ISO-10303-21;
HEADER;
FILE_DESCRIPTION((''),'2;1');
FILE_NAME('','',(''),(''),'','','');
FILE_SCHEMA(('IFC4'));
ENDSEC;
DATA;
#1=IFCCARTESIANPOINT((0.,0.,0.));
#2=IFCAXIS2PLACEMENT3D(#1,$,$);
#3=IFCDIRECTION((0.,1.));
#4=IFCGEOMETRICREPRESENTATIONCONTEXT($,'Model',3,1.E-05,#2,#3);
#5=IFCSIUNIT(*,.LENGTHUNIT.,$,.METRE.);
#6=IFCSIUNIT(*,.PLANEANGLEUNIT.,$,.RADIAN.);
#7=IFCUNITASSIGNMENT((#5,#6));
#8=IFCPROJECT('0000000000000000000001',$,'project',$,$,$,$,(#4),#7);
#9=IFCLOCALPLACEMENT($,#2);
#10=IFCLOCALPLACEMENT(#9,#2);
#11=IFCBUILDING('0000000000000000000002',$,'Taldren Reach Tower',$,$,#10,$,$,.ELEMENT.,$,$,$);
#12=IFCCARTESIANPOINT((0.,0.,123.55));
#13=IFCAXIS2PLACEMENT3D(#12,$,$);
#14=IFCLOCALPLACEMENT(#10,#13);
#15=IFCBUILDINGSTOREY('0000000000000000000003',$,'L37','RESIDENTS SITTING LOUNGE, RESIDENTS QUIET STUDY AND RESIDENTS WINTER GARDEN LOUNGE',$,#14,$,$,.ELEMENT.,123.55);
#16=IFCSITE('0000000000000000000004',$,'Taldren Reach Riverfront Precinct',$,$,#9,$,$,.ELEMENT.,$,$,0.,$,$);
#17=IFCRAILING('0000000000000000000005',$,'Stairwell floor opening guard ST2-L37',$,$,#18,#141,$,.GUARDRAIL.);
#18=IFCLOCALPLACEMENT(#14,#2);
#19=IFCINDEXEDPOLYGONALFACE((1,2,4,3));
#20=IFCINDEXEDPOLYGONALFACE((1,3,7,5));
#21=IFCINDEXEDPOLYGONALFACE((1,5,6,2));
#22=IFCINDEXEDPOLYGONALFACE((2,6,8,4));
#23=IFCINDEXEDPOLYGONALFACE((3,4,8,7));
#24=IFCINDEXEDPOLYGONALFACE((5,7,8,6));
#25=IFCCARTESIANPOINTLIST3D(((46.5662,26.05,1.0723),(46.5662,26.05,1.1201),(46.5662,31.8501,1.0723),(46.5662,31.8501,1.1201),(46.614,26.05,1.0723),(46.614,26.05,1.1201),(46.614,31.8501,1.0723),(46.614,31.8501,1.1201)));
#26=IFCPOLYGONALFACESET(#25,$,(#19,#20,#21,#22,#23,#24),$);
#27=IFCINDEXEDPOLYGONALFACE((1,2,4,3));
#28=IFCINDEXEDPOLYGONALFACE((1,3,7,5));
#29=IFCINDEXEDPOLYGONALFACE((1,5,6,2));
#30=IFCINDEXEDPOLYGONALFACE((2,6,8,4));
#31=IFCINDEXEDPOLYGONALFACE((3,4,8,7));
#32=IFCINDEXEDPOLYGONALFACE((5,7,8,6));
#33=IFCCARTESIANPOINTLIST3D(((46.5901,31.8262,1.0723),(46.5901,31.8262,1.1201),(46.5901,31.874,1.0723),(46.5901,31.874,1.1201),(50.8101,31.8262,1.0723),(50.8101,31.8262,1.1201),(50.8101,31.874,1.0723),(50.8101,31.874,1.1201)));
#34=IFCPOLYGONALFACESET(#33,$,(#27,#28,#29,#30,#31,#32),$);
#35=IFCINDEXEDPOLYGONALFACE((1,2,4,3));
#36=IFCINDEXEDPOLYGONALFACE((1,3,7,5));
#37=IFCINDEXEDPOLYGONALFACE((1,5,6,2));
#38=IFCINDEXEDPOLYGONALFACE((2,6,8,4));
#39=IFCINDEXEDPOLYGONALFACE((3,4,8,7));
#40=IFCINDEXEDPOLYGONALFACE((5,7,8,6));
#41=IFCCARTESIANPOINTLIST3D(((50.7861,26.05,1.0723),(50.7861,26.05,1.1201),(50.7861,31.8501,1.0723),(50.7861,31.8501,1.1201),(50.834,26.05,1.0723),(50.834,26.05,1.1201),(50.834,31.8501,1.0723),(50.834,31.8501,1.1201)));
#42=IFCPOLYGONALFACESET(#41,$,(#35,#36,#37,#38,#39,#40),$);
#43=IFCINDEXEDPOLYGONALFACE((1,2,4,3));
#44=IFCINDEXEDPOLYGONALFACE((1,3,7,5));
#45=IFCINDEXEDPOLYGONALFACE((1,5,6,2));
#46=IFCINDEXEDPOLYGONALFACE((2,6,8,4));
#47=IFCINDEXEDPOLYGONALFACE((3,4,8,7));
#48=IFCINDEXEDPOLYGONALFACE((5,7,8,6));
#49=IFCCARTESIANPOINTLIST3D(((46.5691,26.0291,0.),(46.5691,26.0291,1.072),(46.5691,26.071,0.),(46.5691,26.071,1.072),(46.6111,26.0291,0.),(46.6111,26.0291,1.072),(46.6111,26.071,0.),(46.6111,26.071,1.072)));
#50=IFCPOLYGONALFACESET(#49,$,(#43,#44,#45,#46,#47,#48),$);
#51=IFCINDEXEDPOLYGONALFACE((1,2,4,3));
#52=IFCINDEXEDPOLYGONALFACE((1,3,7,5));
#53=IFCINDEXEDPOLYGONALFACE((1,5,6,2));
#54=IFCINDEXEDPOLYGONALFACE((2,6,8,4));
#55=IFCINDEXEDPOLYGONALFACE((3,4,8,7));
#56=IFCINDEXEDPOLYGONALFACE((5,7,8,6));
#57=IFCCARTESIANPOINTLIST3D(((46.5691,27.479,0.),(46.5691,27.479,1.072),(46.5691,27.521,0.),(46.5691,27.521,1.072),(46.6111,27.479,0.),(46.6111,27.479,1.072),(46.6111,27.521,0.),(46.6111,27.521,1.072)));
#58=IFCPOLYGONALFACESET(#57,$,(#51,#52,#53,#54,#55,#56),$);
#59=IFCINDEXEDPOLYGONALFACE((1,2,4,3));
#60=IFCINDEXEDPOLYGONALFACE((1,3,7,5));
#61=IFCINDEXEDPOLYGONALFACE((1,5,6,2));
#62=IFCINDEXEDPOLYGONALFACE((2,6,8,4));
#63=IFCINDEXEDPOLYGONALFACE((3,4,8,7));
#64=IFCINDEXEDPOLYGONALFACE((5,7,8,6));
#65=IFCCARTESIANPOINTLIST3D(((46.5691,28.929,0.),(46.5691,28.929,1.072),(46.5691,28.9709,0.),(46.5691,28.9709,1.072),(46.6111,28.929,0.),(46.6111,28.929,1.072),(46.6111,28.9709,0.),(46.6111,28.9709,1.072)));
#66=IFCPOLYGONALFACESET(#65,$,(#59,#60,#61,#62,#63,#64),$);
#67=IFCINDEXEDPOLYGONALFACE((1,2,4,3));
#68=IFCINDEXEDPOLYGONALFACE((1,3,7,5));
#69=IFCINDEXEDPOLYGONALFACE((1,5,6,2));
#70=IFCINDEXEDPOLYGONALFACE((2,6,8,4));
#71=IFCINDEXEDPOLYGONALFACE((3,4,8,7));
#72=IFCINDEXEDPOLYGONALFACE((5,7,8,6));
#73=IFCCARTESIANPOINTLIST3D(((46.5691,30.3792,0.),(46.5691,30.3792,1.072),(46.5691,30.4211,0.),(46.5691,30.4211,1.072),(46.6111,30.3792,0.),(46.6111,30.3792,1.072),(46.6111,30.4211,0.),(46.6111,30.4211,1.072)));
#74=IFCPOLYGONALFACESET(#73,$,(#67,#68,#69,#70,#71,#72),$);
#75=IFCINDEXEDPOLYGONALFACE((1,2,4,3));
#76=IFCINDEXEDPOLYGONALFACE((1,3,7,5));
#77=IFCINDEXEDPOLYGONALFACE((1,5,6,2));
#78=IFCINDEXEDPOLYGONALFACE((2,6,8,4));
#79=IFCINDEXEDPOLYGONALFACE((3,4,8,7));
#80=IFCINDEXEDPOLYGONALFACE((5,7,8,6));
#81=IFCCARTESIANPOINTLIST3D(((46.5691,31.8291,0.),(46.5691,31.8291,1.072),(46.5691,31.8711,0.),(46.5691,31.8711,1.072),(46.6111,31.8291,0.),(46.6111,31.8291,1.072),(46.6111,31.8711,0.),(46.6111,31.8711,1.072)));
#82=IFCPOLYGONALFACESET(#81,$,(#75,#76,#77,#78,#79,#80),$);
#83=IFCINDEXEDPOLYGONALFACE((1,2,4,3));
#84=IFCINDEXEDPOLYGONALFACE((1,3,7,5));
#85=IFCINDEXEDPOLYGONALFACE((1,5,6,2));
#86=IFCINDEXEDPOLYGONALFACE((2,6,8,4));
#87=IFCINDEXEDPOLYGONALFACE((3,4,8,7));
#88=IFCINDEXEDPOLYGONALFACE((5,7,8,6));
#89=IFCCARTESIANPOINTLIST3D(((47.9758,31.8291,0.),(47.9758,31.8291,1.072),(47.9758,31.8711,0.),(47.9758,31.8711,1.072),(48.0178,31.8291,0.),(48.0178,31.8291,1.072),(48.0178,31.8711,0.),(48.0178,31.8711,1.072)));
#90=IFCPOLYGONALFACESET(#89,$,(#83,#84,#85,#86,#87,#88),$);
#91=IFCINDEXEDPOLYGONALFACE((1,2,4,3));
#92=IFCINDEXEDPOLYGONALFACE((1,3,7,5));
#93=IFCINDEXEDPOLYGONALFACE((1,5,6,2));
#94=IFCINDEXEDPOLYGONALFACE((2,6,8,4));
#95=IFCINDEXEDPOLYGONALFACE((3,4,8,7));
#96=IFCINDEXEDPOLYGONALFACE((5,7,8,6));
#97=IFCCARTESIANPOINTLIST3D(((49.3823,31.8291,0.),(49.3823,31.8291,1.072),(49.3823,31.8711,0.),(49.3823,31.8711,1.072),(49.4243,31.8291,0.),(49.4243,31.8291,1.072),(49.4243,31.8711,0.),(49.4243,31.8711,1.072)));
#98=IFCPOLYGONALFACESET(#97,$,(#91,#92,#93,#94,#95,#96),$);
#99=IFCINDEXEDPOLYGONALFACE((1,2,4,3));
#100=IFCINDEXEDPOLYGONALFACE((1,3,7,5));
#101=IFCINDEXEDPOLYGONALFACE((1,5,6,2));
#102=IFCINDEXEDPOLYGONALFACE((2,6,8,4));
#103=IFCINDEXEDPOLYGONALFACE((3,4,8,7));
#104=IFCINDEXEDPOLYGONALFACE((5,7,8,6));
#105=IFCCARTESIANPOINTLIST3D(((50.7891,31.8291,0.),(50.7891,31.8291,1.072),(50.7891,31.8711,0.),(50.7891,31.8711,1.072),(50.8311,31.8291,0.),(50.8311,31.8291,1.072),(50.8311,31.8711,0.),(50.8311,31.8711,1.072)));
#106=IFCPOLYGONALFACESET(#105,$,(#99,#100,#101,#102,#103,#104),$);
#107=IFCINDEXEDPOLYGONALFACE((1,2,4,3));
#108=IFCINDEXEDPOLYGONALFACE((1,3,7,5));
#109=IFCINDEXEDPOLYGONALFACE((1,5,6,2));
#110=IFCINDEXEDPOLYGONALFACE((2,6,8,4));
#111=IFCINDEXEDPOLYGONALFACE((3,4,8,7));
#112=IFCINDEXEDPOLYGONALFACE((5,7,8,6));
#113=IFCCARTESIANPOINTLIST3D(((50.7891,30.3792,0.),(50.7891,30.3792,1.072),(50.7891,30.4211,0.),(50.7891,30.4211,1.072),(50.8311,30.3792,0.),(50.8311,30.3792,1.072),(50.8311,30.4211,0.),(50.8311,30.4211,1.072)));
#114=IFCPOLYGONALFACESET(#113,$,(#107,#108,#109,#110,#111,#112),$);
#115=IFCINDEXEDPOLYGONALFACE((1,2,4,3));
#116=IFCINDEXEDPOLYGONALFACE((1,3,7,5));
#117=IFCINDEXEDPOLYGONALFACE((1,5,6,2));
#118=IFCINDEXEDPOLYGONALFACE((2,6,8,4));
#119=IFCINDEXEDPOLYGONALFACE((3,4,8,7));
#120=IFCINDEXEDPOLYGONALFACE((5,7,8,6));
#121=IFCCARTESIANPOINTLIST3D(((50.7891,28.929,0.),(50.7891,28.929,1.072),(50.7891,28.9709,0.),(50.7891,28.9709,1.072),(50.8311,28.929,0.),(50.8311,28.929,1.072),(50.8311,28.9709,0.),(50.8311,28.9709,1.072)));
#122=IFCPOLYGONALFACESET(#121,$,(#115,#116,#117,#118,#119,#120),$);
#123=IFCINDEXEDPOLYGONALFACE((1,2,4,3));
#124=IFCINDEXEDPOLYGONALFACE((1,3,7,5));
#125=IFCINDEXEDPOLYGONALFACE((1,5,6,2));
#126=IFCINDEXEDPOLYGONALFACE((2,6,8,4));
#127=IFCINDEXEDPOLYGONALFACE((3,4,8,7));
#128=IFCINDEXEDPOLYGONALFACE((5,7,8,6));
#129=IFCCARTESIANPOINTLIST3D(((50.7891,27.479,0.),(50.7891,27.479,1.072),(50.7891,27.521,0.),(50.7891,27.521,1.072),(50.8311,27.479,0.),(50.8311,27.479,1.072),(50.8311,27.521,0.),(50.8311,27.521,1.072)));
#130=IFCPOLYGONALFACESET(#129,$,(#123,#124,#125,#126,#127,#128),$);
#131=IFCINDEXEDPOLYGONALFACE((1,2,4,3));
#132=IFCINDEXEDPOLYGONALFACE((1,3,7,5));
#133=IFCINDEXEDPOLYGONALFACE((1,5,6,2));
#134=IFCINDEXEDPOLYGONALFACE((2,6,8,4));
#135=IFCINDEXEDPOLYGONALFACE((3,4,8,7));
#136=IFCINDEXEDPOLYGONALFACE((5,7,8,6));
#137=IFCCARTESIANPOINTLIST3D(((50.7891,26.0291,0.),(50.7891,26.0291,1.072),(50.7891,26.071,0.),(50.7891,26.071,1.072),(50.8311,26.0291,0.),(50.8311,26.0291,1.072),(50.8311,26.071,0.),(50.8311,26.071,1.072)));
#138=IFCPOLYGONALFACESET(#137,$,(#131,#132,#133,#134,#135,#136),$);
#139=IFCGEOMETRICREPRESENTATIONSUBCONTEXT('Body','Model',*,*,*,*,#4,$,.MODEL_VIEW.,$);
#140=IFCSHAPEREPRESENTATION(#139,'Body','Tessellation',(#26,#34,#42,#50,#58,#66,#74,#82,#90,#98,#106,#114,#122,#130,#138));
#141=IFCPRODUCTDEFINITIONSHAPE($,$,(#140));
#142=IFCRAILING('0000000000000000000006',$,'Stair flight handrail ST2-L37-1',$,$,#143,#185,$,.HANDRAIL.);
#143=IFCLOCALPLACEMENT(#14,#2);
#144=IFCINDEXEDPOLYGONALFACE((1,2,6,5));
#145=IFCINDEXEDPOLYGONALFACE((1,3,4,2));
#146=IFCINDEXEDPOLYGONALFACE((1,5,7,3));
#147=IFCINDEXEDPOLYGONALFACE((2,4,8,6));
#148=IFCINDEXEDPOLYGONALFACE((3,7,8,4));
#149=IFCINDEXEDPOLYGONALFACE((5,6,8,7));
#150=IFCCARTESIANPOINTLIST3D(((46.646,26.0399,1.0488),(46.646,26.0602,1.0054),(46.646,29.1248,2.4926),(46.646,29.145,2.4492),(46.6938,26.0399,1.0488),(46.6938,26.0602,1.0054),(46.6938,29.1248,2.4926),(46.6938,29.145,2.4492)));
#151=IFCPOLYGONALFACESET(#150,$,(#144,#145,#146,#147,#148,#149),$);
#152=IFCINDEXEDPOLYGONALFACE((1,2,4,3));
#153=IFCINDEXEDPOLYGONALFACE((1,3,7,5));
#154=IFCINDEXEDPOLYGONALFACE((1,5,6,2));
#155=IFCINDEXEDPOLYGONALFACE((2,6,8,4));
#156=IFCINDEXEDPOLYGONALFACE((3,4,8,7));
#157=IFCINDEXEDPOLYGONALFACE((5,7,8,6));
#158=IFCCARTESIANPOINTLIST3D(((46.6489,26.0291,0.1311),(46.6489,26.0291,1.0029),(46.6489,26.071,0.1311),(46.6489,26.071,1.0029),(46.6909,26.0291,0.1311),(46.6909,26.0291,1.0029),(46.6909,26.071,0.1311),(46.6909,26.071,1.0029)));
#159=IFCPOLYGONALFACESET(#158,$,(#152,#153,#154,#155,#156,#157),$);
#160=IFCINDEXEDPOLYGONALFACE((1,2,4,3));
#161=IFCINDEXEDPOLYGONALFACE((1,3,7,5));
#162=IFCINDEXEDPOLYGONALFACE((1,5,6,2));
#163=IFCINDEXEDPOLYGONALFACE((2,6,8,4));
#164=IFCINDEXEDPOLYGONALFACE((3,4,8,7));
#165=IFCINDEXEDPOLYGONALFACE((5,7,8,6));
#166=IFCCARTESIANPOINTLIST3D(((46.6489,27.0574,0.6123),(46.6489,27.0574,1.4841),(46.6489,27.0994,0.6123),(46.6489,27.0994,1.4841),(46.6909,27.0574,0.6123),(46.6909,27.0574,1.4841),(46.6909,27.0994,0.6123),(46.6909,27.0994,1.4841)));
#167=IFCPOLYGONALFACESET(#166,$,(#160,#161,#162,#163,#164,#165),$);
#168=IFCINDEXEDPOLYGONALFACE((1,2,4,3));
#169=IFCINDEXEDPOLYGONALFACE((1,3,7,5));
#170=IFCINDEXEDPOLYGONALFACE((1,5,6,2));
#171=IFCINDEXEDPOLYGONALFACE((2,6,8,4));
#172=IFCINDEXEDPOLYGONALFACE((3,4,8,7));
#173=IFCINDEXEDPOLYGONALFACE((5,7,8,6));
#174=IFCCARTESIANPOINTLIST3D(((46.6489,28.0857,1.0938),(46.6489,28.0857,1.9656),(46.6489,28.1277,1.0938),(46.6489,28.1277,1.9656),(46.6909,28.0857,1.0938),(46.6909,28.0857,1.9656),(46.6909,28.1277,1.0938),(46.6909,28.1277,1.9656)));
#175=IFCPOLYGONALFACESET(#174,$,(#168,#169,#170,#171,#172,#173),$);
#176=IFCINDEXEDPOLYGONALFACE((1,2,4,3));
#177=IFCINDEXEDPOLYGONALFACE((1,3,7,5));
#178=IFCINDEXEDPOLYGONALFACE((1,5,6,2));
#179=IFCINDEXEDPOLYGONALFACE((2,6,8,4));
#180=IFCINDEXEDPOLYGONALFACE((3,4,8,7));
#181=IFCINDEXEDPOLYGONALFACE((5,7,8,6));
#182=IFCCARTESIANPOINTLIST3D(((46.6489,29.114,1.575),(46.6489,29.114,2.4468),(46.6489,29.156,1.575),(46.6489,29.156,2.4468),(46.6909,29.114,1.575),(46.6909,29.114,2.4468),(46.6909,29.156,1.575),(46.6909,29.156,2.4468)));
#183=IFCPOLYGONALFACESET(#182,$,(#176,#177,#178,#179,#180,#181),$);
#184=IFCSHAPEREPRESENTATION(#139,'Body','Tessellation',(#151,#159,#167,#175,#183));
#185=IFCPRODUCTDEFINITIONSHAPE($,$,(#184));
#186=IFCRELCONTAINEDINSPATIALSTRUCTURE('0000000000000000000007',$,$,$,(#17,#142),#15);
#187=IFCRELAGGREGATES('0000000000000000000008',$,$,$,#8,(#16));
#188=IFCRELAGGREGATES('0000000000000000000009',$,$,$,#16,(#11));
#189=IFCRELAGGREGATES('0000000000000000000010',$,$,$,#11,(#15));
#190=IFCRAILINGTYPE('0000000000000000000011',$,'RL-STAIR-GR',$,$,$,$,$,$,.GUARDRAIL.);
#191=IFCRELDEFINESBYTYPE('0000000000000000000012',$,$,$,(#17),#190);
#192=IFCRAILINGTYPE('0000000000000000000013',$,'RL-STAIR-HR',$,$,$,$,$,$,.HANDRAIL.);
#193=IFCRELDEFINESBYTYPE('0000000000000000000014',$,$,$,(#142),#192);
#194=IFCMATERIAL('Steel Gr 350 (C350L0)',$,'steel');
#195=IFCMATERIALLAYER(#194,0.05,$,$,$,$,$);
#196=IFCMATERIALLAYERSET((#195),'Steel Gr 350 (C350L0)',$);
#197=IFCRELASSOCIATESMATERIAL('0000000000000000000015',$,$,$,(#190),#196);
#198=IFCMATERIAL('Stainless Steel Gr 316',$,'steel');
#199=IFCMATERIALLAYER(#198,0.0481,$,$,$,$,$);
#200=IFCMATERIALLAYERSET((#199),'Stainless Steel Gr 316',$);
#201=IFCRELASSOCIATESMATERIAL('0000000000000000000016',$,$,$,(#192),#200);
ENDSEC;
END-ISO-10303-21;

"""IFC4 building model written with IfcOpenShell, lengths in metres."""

from ifc_helpers import new_model, si_unit, direction, frame, origin, origin_2d, place, context, subcontext, project, spatial, rectangle, extrude, material, layer, layer_set, type_object, element, save


model = new_model("IFC4")

# Units and contexts
model_context = context("Model", 3, precision=1e-05, world=origin(), true_north=direction((0.0, 1.0)))
body_context = subcontext(model_context, "Body", "Model", "MODEL_VIEW")
ifc_project = project(units=[si_unit("LENGTHUNIT", "METRE"), si_unit("PLANEANGLEUNIT", "RADIAN")], contexts=[model_context])

# Site, building, storey
site_placement = place(None, origin())
site = spatial("IfcSite", under=ifc_project, at=site_placement, Name="Taldren Reach Riverfront Precinct", CompositionType="ELEMENT", RefElevation=0.0)
building_placement = place(site_placement, origin())
building = spatial("IfcBuilding", under=site, at=building_placement, Name="Taldren Reach Tower", CompositionType="ELEMENT")
storey_placement = place(building_placement, frame((0.0, 0.0, 123.55)))
storey = spatial("IfcBuildingStorey", under=building, at=storey_placement, Name="L37", Description="RESIDENTS SITTING LOUNGE, RESIDENTS QUIET STUDY AND RESIDENTS WINTER GARDEN LOUNGE", CompositionType="ELEMENT", Elevation=123.55)

# Shared definitions
ifc_material_1 = material(Name="Steel Gr 350 (C350L0)", Category="steel")

# Railings
ifc_layer_1 = layer(ifc_material_1, 0.05)
ifc_layer_set_1 = layer_set([ifc_layer_1], Name="Steel Gr 350 (C350L0)")
railing_type_1 = type_object("IfcRailingType", Name="RL-STAIR-GR", PredefinedType="GUARDRAIL", material=ifc_layer_set_1)
railing_1_placement = place(storey_placement, frame((46.5901, 26.05, 0.0)))
element("IfcRailing", 1, at=railing_1_placement, inside=storey, type_object=railing_type_1, Name="Stairwell floor opening guard ST2-L37", PredefinedType="GUARDRAIL", context=body_context, shape_type="SweptSolid", body=[
    extrude(rectangle(XDim=0.0479, YDim=0.0479, at=origin_2d()), frame((0.0, 0.0, 1.0962), z_axis=(0.0, 1.0, 0.0), x_axis=(-1.0, 0.0, 0.0)), (0.0, 0.0, 1.0), 5.8),
    extrude(rectangle(XDim=0.0479, YDim=0.0479, at=origin_2d()), frame((0.0, 5.8, 1.0962), z_axis=(1.0, 0.0, 0.0), x_axis=(0.0, 1.0, 0.0)), (0.0, 0.0, 1.0), 4.22),
    extrude(rectangle(XDim=0.0479, YDim=0.0479, at=origin_2d()), frame((4.22, 5.8, 1.0962), z_axis=(0.0, -1.0, 0.0), x_axis=(1.0, 0.0, 0.0)), (0.0, 0.0, 1.0), 5.8),
    extrude(rectangle(XDim=0.042, YDim=0.042, at=origin_2d()), origin(), (0.0, 0.0, 1.0), 1.072),
    extrude(rectangle(XDim=0.042, YDim=0.042, at=origin_2d()), frame((0.0, 1.45, 0.0)), (0.0, 0.0, 1.0), 1.072),
    extrude(rectangle(XDim=0.042, YDim=0.042, at=origin_2d()), frame((0.0, 2.8999, 0.0)), (0.0, 0.0, 1.0), 1.072),
    extrude(rectangle(XDim=0.042, YDim=0.042, at=origin_2d()), frame((0.0, 4.3501, 0.0)), (0.0, 0.0, 1.0), 1.072),
    extrude(rectangle(XDim=0.042, YDim=0.042, at=origin_2d()), frame((0.0, 5.8, 0.0)), (0.0, 0.0, 1.0), 1.072),
    extrude(rectangle(XDim=0.042, YDim=0.042, at=origin_2d()), frame((1.4067, 5.8, 0.0)), (0.0, 0.0, 1.0), 1.072),
    extrude(rectangle(XDim=0.042, YDim=0.042, at=origin_2d()), frame((2.8132, 5.8, 0.0)), (0.0, 0.0, 1.0), 1.072),
    extrude(rectangle(XDim=0.042, YDim=0.042, at=origin_2d()), frame((4.22, 5.8, 0.0)), (0.0, 0.0, 1.0), 1.072),
    extrude(rectangle(XDim=0.042, YDim=0.042, at=origin_2d()), frame((4.22, 4.3501, 0.0)), (0.0, 0.0, 1.0), 1.072),
    extrude(rectangle(XDim=0.042, YDim=0.042, at=origin_2d()), frame((4.22, 2.8999, 0.0)), (0.0, 0.0, 1.0), 1.072),
    extrude(rectangle(XDim=0.042, YDim=0.042, at=origin_2d()), frame((4.22, 1.45, 0.0)), (0.0, 0.0, 1.0), 1.072),
    extrude(rectangle(XDim=0.042, YDim=0.042, at=origin_2d()), frame((4.22, 0.0, 0.0)), (0.0, 0.0, 1.0), 1.072),
])
ifc_material_2 = material(Name="Stainless Steel Gr 316", Category="steel")
ifc_layer_2 = layer(ifc_material_2, 0.0481)
ifc_layer_set_2 = layer_set([ifc_layer_2], Name="Stainless Steel Gr 316")
railing_type_2 = type_object("IfcRailingType", Name="RL-STAIR-HR", PredefinedType="HANDRAIL", material=ifc_layer_set_2)
railing_2_placement = place(storey_placement, frame((46.6699, 26.05, 0.1311)))
element("IfcRailing", 2, at=railing_2_placement, inside=storey, type_object=railing_type_2, Name="Stair flight handrail ST2-L37-1", PredefinedType="HANDRAIL", context=body_context, shape_type="SweptSolid", body=[
    extrude(rectangle(XDim=0.0479, YDim=0.0479, at=origin_2d()), frame((0.0, 0.0, 0.896), z_axis=(0.0, 0.90571, 0.423898), x_axis=(-1.0, 0.0, 0.0)), (0.0, 0.0, 1.0), 3.406),
    extrude(rectangle(XDim=0.042, YDim=0.042, at=origin_2d()), origin(), (0.0, 0.0, 1.0), 0.8718),
    extrude(rectangle(XDim=0.042, YDim=0.042, at=origin_2d()), frame((0.0, 1.0283, 0.4812)), (0.0, 0.0, 1.0), 0.8718),
    extrude(rectangle(XDim=0.042, YDim=0.042, at=origin_2d()), frame((0.0, 2.0566, 0.9626)), (0.0, 0.0, 1.0), 0.8718),
    extrude(rectangle(XDim=0.042, YDim=0.042, at=origin_2d()), frame((0.0, 3.085, 1.4438)), (0.0, 0.0, 1.0), 0.8718),
])

save(model, "model.ifc")
